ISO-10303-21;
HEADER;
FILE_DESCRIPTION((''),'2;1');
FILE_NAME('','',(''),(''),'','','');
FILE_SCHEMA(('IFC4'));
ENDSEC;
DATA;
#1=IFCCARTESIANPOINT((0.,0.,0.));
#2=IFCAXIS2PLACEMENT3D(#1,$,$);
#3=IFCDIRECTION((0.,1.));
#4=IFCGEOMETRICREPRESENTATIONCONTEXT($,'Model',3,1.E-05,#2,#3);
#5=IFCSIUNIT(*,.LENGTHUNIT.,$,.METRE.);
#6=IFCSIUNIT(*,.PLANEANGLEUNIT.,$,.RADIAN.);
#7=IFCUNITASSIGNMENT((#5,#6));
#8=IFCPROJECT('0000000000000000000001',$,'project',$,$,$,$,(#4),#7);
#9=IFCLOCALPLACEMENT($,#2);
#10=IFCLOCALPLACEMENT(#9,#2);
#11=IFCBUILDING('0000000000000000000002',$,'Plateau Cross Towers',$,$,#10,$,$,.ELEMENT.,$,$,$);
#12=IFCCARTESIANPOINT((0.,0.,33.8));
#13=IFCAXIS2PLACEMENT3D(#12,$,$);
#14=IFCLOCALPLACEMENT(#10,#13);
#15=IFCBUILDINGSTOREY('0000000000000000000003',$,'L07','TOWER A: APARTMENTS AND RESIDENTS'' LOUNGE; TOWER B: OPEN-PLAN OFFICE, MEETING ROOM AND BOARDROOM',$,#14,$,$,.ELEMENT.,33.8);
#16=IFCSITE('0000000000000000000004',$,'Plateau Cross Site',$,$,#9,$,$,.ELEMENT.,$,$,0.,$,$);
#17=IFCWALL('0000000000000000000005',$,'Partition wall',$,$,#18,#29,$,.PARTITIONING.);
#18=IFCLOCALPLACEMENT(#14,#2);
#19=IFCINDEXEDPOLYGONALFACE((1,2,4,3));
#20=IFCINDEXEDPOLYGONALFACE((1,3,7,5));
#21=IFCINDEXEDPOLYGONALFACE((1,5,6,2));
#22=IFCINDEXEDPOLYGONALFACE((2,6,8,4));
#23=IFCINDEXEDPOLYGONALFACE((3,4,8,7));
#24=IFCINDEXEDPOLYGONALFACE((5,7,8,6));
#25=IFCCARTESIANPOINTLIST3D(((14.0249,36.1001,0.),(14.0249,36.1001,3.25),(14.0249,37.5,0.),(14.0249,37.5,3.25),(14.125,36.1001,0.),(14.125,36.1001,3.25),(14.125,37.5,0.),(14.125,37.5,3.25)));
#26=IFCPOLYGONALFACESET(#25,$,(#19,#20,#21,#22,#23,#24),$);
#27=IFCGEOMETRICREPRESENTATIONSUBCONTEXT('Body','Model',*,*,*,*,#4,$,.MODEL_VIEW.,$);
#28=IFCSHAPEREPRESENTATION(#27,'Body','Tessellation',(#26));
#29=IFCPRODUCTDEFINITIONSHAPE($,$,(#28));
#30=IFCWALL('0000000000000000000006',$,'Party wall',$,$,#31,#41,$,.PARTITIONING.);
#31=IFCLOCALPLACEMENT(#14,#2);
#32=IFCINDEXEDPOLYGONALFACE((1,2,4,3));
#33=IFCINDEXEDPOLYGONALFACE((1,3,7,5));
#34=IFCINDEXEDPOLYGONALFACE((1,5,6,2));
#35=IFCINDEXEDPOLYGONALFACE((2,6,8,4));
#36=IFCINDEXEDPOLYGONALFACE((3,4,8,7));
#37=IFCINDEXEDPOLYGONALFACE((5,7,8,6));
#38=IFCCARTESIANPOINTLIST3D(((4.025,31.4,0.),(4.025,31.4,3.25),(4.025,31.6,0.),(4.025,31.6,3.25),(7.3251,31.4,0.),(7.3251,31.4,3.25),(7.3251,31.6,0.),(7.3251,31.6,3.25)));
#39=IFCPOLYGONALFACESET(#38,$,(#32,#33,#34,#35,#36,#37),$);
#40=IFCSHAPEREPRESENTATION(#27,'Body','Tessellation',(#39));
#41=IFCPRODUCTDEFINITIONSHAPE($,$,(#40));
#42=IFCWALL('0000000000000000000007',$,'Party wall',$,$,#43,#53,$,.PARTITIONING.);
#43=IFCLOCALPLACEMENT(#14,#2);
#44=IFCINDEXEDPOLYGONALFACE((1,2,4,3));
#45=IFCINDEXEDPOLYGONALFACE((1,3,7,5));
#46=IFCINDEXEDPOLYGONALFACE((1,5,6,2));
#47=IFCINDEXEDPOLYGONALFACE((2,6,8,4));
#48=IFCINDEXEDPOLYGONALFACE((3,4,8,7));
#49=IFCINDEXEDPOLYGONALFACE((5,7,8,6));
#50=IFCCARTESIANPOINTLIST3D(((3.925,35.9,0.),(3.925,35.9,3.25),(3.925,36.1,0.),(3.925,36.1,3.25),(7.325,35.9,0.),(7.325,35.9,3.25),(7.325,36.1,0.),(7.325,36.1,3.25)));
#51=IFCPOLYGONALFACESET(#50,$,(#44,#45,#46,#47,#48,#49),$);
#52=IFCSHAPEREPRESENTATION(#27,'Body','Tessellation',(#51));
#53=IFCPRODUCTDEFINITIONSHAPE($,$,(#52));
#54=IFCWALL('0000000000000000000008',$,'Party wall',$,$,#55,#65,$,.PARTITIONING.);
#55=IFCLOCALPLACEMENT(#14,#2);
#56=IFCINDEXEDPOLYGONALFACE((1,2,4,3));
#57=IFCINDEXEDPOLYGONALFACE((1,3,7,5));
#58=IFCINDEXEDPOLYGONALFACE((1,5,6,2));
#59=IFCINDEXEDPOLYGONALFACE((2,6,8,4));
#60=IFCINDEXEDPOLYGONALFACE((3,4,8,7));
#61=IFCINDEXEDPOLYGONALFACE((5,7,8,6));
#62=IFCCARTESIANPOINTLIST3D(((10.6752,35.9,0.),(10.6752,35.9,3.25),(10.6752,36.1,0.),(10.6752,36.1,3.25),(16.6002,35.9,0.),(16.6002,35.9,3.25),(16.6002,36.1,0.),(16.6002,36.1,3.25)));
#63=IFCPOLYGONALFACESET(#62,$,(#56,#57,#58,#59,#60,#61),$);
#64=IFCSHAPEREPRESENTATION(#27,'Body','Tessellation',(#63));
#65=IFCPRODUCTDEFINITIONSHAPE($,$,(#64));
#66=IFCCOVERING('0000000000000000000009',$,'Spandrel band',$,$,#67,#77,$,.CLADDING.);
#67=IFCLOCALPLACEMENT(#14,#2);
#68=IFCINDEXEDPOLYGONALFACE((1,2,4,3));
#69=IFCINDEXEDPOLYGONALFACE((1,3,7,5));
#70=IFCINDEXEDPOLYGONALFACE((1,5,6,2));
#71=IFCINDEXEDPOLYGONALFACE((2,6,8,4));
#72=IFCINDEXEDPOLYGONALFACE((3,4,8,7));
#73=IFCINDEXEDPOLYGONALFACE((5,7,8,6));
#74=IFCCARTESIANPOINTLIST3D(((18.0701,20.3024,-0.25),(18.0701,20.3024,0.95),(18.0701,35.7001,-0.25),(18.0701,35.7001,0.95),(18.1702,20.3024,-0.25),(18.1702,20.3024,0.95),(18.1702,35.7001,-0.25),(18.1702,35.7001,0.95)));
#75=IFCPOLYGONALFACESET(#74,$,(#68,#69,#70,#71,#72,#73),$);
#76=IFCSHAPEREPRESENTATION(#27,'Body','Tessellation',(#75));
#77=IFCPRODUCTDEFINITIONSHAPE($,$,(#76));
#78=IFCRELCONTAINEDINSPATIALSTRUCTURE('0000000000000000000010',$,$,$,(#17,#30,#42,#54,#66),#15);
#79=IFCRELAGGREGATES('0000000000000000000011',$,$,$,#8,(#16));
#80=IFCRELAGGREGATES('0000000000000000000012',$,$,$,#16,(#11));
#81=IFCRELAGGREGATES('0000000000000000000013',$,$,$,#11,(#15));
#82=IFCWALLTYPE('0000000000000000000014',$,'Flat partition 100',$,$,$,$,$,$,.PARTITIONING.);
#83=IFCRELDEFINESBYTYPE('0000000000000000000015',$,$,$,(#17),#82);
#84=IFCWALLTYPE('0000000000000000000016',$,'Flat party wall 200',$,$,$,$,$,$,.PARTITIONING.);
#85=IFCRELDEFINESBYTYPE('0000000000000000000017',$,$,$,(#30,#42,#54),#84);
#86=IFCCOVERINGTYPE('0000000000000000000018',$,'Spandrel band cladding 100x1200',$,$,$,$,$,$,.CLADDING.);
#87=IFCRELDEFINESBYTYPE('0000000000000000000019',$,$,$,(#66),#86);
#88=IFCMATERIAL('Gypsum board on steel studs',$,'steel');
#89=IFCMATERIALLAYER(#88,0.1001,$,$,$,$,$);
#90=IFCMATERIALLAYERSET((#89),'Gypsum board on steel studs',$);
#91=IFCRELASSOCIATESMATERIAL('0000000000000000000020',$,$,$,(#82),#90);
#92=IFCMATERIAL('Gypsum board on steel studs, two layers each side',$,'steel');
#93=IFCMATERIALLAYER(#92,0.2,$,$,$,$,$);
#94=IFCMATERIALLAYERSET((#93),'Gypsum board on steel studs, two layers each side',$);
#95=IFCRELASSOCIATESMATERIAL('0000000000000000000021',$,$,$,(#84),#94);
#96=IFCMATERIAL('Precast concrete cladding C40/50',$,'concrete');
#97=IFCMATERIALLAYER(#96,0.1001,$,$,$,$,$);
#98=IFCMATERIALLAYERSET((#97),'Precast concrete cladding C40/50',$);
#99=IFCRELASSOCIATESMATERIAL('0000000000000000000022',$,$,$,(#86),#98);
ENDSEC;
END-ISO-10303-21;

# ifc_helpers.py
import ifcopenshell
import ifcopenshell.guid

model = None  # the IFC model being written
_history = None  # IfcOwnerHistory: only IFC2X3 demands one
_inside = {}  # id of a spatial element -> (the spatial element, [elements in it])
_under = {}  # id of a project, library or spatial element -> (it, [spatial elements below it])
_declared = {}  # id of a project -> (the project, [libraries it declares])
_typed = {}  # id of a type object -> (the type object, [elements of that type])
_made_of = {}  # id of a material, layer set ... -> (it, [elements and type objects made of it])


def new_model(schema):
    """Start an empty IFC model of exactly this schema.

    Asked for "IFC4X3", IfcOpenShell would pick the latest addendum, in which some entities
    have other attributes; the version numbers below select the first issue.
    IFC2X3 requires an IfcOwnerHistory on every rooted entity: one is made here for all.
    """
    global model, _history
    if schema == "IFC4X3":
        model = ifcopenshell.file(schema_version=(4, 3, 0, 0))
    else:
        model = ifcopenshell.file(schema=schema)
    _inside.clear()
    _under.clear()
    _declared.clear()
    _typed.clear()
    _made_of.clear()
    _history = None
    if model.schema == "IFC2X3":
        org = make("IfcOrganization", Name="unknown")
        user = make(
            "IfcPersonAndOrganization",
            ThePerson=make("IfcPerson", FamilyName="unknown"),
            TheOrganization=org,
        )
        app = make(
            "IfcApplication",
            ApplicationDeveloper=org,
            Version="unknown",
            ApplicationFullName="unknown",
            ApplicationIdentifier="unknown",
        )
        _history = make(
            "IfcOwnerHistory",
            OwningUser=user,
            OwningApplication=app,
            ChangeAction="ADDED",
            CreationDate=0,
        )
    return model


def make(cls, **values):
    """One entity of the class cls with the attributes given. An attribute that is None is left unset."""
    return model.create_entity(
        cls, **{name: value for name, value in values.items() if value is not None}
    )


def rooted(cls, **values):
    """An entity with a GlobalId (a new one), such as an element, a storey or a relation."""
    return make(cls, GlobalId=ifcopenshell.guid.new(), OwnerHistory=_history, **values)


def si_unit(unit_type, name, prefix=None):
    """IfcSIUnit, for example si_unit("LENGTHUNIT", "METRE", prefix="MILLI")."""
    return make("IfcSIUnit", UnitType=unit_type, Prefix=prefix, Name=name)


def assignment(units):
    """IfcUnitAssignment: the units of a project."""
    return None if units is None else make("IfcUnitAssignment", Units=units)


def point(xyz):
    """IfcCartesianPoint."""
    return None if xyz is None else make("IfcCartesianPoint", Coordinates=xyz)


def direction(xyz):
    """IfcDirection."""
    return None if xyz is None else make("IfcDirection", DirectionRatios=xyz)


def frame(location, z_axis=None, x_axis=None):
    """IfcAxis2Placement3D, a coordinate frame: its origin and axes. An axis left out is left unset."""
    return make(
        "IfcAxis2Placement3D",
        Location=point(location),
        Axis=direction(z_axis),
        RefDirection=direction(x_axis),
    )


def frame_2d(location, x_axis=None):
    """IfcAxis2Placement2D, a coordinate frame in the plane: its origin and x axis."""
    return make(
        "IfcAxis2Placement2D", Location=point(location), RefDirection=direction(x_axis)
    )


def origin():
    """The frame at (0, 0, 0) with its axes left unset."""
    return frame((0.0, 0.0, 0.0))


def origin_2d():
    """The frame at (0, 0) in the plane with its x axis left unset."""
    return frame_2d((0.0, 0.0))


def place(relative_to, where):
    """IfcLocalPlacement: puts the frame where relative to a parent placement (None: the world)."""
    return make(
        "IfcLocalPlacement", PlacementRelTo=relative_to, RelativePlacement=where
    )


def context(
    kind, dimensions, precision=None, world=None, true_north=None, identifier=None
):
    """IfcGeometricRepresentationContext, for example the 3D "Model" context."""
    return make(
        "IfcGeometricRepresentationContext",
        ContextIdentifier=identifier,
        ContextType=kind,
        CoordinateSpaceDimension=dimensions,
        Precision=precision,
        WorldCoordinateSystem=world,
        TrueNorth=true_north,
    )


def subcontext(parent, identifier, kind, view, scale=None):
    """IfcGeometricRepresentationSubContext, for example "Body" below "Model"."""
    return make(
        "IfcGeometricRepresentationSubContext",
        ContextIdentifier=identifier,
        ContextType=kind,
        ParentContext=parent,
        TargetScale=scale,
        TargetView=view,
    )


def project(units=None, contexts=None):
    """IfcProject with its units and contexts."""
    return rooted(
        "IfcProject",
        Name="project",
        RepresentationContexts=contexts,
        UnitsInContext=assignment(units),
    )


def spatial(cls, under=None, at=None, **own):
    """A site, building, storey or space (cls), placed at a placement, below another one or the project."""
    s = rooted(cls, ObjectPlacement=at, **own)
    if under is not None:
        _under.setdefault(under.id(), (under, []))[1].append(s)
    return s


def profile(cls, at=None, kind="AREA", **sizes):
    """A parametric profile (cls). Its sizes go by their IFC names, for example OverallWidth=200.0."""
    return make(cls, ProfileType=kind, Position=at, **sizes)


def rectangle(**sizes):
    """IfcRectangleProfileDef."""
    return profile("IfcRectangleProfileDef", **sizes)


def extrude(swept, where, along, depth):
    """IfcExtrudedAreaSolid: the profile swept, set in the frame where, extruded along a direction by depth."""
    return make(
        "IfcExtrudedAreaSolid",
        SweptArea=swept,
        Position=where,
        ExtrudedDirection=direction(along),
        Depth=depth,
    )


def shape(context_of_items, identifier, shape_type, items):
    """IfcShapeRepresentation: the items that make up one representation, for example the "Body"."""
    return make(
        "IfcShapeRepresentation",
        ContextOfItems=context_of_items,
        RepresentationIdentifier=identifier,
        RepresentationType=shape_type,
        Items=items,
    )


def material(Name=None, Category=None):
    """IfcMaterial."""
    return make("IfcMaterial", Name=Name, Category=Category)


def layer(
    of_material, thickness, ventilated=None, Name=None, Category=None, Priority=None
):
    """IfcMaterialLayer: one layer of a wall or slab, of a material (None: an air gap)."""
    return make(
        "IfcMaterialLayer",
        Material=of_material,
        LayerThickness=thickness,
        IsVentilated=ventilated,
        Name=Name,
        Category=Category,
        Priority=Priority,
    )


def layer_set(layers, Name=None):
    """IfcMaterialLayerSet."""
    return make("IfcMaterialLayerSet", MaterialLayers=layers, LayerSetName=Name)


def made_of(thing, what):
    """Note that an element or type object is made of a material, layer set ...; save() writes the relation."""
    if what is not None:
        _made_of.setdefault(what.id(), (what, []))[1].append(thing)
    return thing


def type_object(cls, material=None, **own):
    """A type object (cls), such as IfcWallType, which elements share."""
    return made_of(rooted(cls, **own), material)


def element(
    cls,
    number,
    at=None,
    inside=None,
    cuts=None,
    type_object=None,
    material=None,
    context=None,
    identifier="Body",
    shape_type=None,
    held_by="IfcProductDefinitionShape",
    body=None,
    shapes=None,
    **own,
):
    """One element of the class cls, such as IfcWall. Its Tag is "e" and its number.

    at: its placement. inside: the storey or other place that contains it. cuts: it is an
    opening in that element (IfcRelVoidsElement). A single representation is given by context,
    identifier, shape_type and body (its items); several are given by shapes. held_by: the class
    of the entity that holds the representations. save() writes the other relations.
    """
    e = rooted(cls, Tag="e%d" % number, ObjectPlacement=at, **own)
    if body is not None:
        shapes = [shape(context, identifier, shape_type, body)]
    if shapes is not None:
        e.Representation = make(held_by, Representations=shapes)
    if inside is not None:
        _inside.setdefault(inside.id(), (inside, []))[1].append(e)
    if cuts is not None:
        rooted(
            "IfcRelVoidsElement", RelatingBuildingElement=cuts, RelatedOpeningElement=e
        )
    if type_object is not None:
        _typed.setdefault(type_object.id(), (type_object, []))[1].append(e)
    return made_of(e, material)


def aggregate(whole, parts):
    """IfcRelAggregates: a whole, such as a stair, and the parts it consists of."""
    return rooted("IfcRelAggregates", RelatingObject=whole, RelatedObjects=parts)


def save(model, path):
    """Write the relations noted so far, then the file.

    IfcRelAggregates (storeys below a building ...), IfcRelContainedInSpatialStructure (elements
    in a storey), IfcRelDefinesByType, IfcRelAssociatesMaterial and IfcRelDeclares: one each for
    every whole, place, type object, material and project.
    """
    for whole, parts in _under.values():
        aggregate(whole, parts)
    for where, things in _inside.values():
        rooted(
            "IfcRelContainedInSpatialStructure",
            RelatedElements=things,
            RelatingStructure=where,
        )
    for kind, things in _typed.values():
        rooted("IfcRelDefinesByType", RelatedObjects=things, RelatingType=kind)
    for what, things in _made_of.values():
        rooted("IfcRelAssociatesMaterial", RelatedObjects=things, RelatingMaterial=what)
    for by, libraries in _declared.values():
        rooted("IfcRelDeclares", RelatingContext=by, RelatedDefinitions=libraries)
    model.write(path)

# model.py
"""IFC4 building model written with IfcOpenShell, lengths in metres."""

from ifc_helpers import new_model, si_unit, direction, frame, frame_2d, origin, origin_2d, place, context, subcontext, project, spatial, rectangle, extrude, material, layer, layer_set, type_object, element, save


model = new_model("IFC4")

# Units and contexts
model_context = context("Model", 3, precision=1e-05, world=origin(), true_north=direction((0.0, 1.0)))
body_context = subcontext(model_context, "Body", "Model", "MODEL_VIEW")
ifc_project = project(units=[si_unit("LENGTHUNIT", "METRE"), si_unit("PLANEANGLEUNIT", "RADIAN")], contexts=[model_context])

# Site, building, storey
site_placement = place(None, origin())
site = spatial("IfcSite", under=ifc_project, at=site_placement, Name="Plateau Cross Site", CompositionType="ELEMENT", RefElevation=0.0)
building_placement = place(site_placement, origin())
building = spatial("IfcBuilding", under=site, at=building_placement, Name="Plateau Cross Towers", CompositionType="ELEMENT")
storey_placement = place(building_placement, frame((0.0, 0.0, 33.8)))
storey = spatial("IfcBuildingStorey", under=building, at=storey_placement, Name="L07", Description="TOWER A: APARTMENTS AND RESIDENTS' LOUNGE; TOWER B: OPEN-PLAN OFFICE, MEETING ROOM AND BOARDROOM", CompositionType="ELEMENT", Elevation=33.8)

# Shared definitions
ifc_material_1 = material(Name="Gypsum board on steel studs", Category="steel")
ifc_layer_1 = layer(ifc_material_1, 0.1001)
ifc_layer_set_1 = layer_set([ifc_layer_1], Name="Gypsum board on steel studs")
wall_type_1 = type_object("IfcWallType", Name="Flat partition 100", PredefinedType="PARTITIONING", material=ifc_layer_set_1)

# Walls
wall_1_placement = place(storey_placement, frame((14.075, 36.1001, 0.0), z_axis=(0.0, 0.0, 1.0), x_axis=(0.0, 1.0, 0.0)))
element("IfcWall", 1, at=wall_1_placement, inside=storey, type_object=wall_type_1, Name="Partition wall", PredefinedType="PARTITIONING", context=body_context, shape_type="SweptSolid", body=[
    extrude(rectangle(XDim=1.3999, YDim=0.1001, at=frame_2d((0.7, 0.0))), origin(), (0.0, 0.0, 1.0), 3.25),
])
ifc_material_2 = material(Name="Gypsum board on steel studs, two layers each side", Category="steel")
ifc_layer_2 = layer(ifc_material_2, 0.2)
ifc_layer_set_2 = layer_set([ifc_layer_2], Name="Gypsum board on steel studs, two layers each side")
wall_type_2 = type_object("IfcWallType", Name="Flat party wall 200", PredefinedType="PARTITIONING", material=ifc_layer_set_2)
wall_2_placement = place(storey_placement, frame((7.325, 31.5, 0.0), z_axis=(0.0, 0.0, 1.0), x_axis=(-1.0, 0.0, 0.0)))
element("IfcWall", 2, at=wall_2_placement, inside=storey, type_object=wall_type_2, Name="Party wall", PredefinedType="PARTITIONING", context=body_context, shape_type="SweptSolid", body=[
    extrude(rectangle(XDim=3.3, YDim=0.2, at=frame_2d((1.6499, 0.0))), origin(), (0.0, 0.0, 1.0), 3.25),
])
wall_3_placement = place(storey_placement, frame((7.325, 36.0, 0.0), z_axis=(0.0, 0.0, 1.0), x_axis=(-1.0, 0.0, 0.0)))
element("IfcWall", 3, at=wall_3_placement, inside=storey, type_object=wall_type_2, Name="Party wall", PredefinedType="PARTITIONING", context=body_context, shape_type="SweptSolid", body=[
    extrude(rectangle(XDim=3.3999, YDim=0.2, at=frame_2d((1.7, 0.0))), origin(), (0.0, 0.0, 1.0), 3.25),
])
wall_4_placement = place(storey_placement, frame((16.6001, 36.0, 0.0), z_axis=(0.0, 0.0, 1.0), x_axis=(-1.0, 0.0, 0.0)))
element("IfcWall", 4, at=wall_4_placement, inside=storey, type_object=wall_type_2, Name="Party wall", PredefinedType="PARTITIONING", context=body_context, shape_type="SweptSolid", body=[
    extrude(rectangle(XDim=5.925, YDim=0.2, at=frame_2d((2.9624, 0.0))), origin(), (0.0, 0.0, 1.0), 3.25),
])

# Covering
ifc_material_3 = material(Name="Precast concrete cladding C40/50", Category="concrete")
ifc_layer_3 = layer(ifc_material_3, 0.1001)
ifc_layer_set_3 = layer_set([ifc_layer_3], Name="Precast concrete cladding C40/50")
covering_type = type_object("IfcCoveringType", Name="Spandrel band cladding 100x1200", PredefinedType="CLADDING", material=ifc_layer_set_3)
covering_placement = place(storey_placement, frame((18.1201, 28.0012, -0.25), z_axis=(0.0, 0.0, 1.0), x_axis=(0.0, 1.0, 0.0)))
element("IfcCovering", 5, at=covering_placement, inside=storey, type_object=covering_type, Name="Spandrel band", PredefinedType="CLADDING", context=body_context, shape_type="SweptSolid", body=[
    extrude(rectangle(XDim=15.3977, YDim=0.1001, at=origin_2d()), origin(), (0.0, 0.0, 1.0), 1.2),
])

save(model, "model.ifc")
